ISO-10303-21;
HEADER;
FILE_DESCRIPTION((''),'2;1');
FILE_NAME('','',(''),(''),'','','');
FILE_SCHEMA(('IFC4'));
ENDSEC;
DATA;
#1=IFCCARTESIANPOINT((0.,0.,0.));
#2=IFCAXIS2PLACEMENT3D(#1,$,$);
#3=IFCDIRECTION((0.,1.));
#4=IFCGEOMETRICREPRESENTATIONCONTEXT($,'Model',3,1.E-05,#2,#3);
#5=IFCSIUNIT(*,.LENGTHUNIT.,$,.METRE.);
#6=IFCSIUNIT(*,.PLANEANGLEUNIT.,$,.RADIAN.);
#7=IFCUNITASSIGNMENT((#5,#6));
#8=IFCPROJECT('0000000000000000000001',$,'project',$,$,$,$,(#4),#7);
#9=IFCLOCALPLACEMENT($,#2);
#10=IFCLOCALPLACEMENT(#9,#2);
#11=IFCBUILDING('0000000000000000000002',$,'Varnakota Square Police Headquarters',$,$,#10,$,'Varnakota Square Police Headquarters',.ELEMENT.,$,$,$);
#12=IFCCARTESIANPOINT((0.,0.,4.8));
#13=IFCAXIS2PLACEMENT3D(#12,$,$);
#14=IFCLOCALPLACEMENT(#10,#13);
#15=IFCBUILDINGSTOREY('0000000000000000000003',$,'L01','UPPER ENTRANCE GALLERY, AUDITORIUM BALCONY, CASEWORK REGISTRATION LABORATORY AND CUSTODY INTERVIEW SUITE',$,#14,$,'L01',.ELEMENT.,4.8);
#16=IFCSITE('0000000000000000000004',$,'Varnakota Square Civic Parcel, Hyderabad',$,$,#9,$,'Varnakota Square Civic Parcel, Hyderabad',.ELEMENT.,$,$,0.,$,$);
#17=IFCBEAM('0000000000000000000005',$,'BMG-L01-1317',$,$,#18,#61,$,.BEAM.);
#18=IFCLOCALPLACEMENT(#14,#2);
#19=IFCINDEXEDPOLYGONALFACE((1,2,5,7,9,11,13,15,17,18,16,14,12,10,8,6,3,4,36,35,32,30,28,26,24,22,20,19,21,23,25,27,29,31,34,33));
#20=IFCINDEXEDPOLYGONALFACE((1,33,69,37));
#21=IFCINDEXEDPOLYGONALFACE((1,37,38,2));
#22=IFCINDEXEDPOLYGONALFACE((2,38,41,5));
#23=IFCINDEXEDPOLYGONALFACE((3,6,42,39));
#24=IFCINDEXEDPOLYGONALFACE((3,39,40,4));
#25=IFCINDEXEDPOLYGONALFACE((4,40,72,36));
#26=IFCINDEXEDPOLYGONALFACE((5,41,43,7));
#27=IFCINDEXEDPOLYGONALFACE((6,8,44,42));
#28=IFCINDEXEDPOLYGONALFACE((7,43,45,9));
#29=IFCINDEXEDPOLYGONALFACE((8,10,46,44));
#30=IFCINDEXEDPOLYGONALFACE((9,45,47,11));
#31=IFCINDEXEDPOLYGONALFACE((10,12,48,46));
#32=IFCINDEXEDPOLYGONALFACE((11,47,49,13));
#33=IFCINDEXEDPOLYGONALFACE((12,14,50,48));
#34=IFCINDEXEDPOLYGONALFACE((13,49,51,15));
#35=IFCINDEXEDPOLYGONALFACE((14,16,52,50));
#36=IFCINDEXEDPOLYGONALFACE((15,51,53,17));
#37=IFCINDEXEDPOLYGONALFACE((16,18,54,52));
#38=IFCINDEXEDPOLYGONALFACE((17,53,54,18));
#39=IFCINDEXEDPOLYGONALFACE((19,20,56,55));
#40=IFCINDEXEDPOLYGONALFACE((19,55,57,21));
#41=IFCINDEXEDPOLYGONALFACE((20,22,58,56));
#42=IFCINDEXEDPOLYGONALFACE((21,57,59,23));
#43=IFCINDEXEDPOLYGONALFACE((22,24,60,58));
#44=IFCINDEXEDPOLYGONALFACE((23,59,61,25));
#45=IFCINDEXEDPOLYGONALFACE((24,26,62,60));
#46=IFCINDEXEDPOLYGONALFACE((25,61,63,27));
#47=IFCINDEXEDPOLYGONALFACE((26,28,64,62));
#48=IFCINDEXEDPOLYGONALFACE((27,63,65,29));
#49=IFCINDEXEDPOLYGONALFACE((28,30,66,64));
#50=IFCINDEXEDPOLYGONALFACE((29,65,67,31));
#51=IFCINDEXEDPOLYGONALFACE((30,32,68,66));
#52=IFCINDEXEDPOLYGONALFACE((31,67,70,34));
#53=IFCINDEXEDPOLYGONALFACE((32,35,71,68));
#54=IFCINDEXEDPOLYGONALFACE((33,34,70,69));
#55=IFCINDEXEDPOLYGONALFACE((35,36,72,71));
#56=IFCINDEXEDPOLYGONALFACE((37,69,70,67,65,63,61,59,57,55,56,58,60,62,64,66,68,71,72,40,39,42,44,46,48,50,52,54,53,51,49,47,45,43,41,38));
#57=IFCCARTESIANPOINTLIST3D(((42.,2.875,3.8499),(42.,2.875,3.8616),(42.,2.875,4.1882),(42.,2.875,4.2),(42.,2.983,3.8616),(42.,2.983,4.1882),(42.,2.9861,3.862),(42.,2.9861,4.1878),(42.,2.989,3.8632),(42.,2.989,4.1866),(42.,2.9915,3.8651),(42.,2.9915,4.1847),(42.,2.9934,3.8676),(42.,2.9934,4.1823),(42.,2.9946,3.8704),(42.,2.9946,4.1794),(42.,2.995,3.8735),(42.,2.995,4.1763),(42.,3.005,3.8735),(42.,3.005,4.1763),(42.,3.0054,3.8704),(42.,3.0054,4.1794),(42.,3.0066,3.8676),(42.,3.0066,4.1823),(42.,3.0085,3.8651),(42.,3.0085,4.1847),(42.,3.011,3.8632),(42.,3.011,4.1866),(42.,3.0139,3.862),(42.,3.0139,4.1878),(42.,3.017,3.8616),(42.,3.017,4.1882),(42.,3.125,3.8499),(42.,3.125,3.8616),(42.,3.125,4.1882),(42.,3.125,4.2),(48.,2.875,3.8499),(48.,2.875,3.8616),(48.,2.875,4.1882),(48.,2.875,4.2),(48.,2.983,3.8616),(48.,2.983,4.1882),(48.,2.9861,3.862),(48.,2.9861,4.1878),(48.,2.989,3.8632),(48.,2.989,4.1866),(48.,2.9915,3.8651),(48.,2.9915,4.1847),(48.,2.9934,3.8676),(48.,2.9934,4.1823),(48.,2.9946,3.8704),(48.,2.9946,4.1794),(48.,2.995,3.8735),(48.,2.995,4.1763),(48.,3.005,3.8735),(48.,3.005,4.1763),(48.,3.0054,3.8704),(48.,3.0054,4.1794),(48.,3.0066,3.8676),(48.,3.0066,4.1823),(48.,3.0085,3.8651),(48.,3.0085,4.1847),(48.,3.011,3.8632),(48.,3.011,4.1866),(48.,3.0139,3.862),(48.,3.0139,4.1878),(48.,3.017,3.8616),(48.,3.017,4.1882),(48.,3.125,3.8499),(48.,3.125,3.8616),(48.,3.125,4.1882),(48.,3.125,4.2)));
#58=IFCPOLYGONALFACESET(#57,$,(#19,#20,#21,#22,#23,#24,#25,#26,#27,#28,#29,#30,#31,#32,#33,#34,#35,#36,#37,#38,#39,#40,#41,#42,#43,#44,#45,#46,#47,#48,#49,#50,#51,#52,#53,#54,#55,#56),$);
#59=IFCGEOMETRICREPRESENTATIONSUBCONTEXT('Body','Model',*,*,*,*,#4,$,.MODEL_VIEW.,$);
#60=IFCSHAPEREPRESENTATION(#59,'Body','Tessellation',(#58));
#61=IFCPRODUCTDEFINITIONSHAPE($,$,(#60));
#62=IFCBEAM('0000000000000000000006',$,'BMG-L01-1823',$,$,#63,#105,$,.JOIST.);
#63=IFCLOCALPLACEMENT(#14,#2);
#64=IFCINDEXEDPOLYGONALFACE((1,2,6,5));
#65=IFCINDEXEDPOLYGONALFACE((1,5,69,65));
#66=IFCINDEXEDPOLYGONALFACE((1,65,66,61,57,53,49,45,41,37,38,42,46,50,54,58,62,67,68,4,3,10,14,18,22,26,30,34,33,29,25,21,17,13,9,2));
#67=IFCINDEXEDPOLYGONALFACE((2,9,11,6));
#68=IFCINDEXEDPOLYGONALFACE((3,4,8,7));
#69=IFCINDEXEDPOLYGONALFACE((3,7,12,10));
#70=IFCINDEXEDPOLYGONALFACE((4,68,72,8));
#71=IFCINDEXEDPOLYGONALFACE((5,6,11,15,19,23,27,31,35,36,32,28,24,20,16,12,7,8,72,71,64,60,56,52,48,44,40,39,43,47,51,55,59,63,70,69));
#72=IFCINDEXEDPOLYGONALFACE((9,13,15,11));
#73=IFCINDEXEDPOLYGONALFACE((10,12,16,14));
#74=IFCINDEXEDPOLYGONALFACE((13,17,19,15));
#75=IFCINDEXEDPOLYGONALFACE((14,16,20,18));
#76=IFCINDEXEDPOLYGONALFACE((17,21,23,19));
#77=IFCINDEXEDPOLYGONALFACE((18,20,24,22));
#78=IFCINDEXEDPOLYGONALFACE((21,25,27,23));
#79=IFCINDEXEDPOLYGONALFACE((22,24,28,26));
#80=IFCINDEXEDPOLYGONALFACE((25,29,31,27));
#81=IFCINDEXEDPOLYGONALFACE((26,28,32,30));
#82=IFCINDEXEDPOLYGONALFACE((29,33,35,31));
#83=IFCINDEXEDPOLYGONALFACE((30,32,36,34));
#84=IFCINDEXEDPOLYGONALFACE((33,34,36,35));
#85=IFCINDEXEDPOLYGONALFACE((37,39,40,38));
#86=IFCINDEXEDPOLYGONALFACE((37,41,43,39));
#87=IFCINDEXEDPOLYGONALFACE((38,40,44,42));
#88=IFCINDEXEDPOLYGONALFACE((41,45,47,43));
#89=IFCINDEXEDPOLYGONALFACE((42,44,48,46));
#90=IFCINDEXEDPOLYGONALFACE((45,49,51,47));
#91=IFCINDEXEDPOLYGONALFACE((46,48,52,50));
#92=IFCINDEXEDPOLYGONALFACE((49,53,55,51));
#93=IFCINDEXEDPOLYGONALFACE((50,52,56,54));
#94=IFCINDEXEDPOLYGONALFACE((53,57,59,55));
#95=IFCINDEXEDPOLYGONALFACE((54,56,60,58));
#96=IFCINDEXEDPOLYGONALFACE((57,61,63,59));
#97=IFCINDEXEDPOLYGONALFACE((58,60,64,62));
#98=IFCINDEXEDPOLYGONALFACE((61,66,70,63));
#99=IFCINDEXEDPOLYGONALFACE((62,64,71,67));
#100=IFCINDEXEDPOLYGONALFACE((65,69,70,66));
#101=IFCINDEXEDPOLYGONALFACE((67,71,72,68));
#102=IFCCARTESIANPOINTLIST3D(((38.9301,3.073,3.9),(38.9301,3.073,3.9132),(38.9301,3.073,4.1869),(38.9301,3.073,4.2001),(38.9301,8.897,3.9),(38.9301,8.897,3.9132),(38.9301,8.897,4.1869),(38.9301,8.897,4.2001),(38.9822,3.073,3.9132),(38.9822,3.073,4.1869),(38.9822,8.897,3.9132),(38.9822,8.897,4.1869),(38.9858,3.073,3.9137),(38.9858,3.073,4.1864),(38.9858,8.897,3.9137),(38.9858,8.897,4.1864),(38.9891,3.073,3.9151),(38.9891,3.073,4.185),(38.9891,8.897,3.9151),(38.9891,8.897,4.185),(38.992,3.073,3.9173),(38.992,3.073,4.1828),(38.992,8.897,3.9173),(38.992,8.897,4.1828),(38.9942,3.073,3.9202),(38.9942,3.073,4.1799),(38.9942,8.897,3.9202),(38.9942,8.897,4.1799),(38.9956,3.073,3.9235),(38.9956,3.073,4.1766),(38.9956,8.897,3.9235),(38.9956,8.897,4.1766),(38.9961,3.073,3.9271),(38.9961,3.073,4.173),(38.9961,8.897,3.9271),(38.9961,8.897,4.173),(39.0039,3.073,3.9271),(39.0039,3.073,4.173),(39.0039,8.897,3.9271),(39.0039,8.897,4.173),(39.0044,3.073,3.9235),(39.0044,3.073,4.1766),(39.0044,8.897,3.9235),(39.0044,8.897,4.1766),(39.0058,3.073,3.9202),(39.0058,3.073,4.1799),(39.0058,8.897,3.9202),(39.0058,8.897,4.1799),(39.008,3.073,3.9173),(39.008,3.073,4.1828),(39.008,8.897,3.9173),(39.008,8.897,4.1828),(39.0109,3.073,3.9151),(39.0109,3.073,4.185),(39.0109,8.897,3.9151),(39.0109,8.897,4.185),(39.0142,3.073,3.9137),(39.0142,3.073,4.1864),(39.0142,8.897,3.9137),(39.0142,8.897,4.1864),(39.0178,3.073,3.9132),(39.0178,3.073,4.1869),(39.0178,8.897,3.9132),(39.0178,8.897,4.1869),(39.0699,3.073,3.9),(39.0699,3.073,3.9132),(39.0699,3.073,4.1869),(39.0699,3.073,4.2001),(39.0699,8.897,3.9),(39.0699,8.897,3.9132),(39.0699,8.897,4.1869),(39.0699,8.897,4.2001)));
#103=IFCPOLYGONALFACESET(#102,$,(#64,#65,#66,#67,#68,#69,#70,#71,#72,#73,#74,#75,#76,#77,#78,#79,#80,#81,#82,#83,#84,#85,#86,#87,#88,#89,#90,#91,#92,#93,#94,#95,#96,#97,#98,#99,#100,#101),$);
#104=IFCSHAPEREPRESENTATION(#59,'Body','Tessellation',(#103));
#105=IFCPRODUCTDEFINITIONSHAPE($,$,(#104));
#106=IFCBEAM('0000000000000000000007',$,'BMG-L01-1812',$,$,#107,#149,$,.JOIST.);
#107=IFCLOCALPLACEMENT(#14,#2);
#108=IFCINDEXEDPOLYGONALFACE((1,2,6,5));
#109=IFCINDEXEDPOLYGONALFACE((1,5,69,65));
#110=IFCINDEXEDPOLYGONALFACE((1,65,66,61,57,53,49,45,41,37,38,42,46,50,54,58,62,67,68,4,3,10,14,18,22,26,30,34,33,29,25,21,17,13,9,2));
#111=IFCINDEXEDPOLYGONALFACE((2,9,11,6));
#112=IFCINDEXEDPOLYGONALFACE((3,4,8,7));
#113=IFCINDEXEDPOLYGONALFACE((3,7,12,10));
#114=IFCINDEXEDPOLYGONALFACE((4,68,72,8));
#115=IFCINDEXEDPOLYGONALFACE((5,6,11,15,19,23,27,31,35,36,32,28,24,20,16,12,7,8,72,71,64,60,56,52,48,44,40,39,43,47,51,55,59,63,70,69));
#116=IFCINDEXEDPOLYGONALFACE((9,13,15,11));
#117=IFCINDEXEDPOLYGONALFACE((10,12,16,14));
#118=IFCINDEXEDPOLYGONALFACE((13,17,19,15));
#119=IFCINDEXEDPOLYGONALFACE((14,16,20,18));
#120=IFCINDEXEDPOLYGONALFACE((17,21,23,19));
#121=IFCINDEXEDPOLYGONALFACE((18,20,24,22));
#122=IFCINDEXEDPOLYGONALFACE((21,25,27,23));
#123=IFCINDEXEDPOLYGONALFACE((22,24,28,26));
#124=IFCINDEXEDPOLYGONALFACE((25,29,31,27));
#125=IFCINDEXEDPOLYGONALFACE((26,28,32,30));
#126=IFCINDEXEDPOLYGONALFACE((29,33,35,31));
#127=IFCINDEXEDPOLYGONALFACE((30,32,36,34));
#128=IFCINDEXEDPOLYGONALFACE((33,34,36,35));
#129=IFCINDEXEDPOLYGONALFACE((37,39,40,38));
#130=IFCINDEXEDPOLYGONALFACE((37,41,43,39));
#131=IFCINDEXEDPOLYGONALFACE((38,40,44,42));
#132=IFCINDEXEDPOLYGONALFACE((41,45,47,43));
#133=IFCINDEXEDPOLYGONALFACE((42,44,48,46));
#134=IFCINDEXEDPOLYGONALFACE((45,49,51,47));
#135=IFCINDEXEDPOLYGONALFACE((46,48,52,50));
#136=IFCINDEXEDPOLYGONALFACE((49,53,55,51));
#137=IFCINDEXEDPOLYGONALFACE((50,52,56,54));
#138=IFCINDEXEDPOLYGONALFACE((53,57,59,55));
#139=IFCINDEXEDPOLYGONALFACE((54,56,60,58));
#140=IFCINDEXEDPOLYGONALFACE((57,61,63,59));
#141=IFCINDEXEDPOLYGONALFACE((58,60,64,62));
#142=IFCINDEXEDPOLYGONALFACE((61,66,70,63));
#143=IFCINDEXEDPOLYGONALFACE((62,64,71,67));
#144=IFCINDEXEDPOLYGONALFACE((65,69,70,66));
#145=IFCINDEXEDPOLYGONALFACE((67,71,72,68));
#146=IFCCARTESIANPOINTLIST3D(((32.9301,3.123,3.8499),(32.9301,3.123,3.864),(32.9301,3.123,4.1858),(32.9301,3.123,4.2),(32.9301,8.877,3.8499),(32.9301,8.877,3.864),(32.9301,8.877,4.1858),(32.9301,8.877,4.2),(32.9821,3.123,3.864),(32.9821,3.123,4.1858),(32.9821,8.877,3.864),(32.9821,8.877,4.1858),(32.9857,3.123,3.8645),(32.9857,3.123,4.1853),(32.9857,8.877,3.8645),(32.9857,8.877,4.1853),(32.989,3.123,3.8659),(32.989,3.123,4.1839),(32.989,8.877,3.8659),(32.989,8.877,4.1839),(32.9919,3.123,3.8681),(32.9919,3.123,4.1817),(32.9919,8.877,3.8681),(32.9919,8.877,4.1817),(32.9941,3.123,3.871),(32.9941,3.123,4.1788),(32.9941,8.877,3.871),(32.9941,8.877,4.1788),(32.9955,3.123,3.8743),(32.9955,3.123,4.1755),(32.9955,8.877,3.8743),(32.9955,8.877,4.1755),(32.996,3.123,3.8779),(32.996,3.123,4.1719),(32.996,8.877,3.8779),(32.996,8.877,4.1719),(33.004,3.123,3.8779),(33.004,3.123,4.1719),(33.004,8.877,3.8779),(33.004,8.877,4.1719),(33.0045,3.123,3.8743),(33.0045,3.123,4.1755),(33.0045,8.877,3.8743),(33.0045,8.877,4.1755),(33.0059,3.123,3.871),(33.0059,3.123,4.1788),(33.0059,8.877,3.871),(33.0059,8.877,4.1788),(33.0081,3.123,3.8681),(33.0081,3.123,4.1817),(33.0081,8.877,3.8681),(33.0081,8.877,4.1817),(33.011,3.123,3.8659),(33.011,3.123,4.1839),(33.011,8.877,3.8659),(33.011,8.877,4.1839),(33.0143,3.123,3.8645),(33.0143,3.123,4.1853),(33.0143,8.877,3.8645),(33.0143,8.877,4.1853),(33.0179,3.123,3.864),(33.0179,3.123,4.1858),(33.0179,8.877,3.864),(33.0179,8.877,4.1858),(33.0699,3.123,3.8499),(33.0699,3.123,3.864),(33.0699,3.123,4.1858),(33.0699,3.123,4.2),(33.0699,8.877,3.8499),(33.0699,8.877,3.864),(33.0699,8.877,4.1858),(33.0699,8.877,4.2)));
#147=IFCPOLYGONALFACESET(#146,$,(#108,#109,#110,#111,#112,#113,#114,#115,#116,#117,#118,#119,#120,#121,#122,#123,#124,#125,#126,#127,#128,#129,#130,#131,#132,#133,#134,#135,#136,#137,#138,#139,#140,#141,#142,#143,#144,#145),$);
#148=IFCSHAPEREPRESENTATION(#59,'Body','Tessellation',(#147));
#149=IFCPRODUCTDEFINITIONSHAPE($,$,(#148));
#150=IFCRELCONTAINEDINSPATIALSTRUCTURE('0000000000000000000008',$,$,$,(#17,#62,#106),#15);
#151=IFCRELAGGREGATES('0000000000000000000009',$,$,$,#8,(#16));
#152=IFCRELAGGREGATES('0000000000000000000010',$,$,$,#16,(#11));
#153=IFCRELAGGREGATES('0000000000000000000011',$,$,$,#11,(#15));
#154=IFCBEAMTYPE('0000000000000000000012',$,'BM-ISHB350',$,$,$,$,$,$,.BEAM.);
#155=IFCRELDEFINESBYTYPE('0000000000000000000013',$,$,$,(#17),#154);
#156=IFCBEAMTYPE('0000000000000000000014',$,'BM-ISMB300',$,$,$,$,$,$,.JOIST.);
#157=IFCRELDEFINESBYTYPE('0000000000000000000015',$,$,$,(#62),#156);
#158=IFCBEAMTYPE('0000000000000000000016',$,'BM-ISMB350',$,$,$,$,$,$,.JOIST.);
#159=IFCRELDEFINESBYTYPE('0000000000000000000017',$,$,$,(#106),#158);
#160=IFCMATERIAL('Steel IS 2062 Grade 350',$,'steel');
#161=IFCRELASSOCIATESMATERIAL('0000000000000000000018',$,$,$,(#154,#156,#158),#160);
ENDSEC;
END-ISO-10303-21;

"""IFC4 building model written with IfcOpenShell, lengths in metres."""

from ifc_helpers import new_model, si_unit, direction, frame, origin, origin_2d, place, context, subcontext, project, spatial, i_section, extrude, material, material_profile, profile_set, type_object, element, save


model = new_model("IFC4")

# Units and contexts
model_context = context("Model", 3, precision=1e-05, world=origin(), true_north=direction((0.0, 1.0)))
body_context = subcontext(model_context, "Body", "Model", "MODEL_VIEW")
ifc_project = project(units=[si_unit("LENGTHUNIT", "METRE"), si_unit("PLANEANGLEUNIT", "RADIAN")], contexts=[model_context])

# Site, building, storey
site_placement = place(None, origin())
site = spatial("IfcSite", under=ifc_project, at=site_placement, Name="Varnakota Square Civic Parcel, Hyderabad", LongName="Varnakota Square Civic Parcel, Hyderabad", CompositionType="ELEMENT", RefElevation=0.0)
building_placement = place(site_placement, origin())
building = spatial("IfcBuilding", under=site, at=building_placement, Name="Varnakota Square Police Headquarters", LongName="Varnakota Square Police Headquarters", CompositionType="ELEMENT")
storey_placement = place(building_placement, frame((0.0, 0.0, 4.8)))
storey = spatial("IfcBuildingStorey", under=building, at=storey_placement, Name="L01", Description="UPPER ENTRANCE GALLERY, AUDITORIUM BALCONY, CASEWORK REGISTRATION LABORATORY AND CUSTODY INTERVIEW SUITE", LongName="L01", CompositionType="ELEMENT", Elevation=4.8)

# Shared definitions
ifc_material_1 = material(Name="Steel IS 2062 Grade 350", Category="steel")

# Beams
ifc_material_profile_1 = material_profile(ifc_material_1, i_section(OverallWidth=0.25, OverallDepth=0.3501, WebThickness=0.01, FlangeThickness=0.0117, FilletRadius=0.012, at=origin_2d()), Name="ISHB 350")
ifc_profile_set_1 = profile_set([ifc_material_profile_1], Name="Steel IS 2062 Grade 350")
beam_type_1 = type_object("IfcBeamType", Name="BM-ISHB350", PredefinedType="BEAM", material=ifc_profile_set_1)
beam_1_placement = place(storey_placement, frame((42.0, 3.0, 4.0249), z_axis=(1.0, 0.0, 0.0), x_axis=(0.0, 1.0, 0.0)))
element("IfcBeam", 1, at=beam_1_placement, inside=storey, type_object=beam_type_1, Name="BMG-L01-1317", PredefinedType="BEAM", context=body_context, shape_type="SweptSolid", body=[
    extrude(i_section(OverallWidth=0.25, OverallDepth=0.3501, WebThickness=0.01, FlangeThickness=0.0117, FilletRadius=0.012, at=origin_2d()), origin(), (0.0, 0.0, 1.0), 6.0),
])
ifc_material_profile_2 = material_profile(ifc_material_1, i_section(OverallWidth=0.1399, OverallDepth=0.3, WebThickness=0.0078, FlangeThickness=0.0132, FilletRadius=0.0139, at=origin_2d()), Name="ISMB 300")
ifc_profile_set_2 = profile_set([ifc_material_profile_2], Name="Steel IS 2062 Grade 350")
beam_type_2 = type_object("IfcBeamType", Name="BM-ISMB300", PredefinedType="JOIST", material=ifc_profile_set_2)
beam_2_placement = place(storey_placement, frame((39.0, 3.073, 4.05), z_axis=(0.0, 1.0, 0.0), x_axis=(-1.0, 0.0, 0.0)))
element("IfcBeam", 2, at=beam_2_placement, inside=storey, type_object=beam_type_2, Name="BMG-L01-1823", PredefinedType="JOIST", context=body_context, shape_type="SweptSolid", body=[
    extrude(i_section(OverallWidth=0.1399, OverallDepth=0.3, WebThickness=0.0078, FlangeThickness=0.0132, FilletRadius=0.0139, at=origin_2d()), origin(), (0.0, 0.0, 1.0), 5.824),
])
ifc_material_profile_3 = material_profile(ifc_material_1, i_section(OverallWidth=0.1399, OverallDepth=0.3501, WebThickness=0.0081, FlangeThickness=0.0142, FilletRadius=0.0139, at=origin_2d()), Name="ISMB 350")
ifc_profile_set_3 = profile_set([ifc_material_profile_3], Name="Steel IS 2062 Grade 350")
beam_type_3 = type_object("IfcBeamType", Name="BM-ISMB350", PredefinedType="JOIST", material=ifc_profile_set_3)
beam_3_placement = place(storey_placement, frame((33.0, 3.123, 4.0249), z_axis=(0.0, 1.0, 0.0), x_axis=(-1.0, 0.0, 0.0)))
element("IfcBeam", 3, at=beam_3_placement, inside=storey, type_object=beam_type_3, Name="BMG-L01-1812", PredefinedType="JOIST", context=body_context, shape_type="SweptSolid", body=[
    extrude(i_section(OverallWidth=0.1399, OverallDepth=0.3501, WebThickness=0.0081, FlangeThickness=0.0142, FilletRadius=0.0139, at=origin_2d()), origin(), (0.0, 0.0, 1.0), 5.7539),
])

save(model, "model.ifc")
